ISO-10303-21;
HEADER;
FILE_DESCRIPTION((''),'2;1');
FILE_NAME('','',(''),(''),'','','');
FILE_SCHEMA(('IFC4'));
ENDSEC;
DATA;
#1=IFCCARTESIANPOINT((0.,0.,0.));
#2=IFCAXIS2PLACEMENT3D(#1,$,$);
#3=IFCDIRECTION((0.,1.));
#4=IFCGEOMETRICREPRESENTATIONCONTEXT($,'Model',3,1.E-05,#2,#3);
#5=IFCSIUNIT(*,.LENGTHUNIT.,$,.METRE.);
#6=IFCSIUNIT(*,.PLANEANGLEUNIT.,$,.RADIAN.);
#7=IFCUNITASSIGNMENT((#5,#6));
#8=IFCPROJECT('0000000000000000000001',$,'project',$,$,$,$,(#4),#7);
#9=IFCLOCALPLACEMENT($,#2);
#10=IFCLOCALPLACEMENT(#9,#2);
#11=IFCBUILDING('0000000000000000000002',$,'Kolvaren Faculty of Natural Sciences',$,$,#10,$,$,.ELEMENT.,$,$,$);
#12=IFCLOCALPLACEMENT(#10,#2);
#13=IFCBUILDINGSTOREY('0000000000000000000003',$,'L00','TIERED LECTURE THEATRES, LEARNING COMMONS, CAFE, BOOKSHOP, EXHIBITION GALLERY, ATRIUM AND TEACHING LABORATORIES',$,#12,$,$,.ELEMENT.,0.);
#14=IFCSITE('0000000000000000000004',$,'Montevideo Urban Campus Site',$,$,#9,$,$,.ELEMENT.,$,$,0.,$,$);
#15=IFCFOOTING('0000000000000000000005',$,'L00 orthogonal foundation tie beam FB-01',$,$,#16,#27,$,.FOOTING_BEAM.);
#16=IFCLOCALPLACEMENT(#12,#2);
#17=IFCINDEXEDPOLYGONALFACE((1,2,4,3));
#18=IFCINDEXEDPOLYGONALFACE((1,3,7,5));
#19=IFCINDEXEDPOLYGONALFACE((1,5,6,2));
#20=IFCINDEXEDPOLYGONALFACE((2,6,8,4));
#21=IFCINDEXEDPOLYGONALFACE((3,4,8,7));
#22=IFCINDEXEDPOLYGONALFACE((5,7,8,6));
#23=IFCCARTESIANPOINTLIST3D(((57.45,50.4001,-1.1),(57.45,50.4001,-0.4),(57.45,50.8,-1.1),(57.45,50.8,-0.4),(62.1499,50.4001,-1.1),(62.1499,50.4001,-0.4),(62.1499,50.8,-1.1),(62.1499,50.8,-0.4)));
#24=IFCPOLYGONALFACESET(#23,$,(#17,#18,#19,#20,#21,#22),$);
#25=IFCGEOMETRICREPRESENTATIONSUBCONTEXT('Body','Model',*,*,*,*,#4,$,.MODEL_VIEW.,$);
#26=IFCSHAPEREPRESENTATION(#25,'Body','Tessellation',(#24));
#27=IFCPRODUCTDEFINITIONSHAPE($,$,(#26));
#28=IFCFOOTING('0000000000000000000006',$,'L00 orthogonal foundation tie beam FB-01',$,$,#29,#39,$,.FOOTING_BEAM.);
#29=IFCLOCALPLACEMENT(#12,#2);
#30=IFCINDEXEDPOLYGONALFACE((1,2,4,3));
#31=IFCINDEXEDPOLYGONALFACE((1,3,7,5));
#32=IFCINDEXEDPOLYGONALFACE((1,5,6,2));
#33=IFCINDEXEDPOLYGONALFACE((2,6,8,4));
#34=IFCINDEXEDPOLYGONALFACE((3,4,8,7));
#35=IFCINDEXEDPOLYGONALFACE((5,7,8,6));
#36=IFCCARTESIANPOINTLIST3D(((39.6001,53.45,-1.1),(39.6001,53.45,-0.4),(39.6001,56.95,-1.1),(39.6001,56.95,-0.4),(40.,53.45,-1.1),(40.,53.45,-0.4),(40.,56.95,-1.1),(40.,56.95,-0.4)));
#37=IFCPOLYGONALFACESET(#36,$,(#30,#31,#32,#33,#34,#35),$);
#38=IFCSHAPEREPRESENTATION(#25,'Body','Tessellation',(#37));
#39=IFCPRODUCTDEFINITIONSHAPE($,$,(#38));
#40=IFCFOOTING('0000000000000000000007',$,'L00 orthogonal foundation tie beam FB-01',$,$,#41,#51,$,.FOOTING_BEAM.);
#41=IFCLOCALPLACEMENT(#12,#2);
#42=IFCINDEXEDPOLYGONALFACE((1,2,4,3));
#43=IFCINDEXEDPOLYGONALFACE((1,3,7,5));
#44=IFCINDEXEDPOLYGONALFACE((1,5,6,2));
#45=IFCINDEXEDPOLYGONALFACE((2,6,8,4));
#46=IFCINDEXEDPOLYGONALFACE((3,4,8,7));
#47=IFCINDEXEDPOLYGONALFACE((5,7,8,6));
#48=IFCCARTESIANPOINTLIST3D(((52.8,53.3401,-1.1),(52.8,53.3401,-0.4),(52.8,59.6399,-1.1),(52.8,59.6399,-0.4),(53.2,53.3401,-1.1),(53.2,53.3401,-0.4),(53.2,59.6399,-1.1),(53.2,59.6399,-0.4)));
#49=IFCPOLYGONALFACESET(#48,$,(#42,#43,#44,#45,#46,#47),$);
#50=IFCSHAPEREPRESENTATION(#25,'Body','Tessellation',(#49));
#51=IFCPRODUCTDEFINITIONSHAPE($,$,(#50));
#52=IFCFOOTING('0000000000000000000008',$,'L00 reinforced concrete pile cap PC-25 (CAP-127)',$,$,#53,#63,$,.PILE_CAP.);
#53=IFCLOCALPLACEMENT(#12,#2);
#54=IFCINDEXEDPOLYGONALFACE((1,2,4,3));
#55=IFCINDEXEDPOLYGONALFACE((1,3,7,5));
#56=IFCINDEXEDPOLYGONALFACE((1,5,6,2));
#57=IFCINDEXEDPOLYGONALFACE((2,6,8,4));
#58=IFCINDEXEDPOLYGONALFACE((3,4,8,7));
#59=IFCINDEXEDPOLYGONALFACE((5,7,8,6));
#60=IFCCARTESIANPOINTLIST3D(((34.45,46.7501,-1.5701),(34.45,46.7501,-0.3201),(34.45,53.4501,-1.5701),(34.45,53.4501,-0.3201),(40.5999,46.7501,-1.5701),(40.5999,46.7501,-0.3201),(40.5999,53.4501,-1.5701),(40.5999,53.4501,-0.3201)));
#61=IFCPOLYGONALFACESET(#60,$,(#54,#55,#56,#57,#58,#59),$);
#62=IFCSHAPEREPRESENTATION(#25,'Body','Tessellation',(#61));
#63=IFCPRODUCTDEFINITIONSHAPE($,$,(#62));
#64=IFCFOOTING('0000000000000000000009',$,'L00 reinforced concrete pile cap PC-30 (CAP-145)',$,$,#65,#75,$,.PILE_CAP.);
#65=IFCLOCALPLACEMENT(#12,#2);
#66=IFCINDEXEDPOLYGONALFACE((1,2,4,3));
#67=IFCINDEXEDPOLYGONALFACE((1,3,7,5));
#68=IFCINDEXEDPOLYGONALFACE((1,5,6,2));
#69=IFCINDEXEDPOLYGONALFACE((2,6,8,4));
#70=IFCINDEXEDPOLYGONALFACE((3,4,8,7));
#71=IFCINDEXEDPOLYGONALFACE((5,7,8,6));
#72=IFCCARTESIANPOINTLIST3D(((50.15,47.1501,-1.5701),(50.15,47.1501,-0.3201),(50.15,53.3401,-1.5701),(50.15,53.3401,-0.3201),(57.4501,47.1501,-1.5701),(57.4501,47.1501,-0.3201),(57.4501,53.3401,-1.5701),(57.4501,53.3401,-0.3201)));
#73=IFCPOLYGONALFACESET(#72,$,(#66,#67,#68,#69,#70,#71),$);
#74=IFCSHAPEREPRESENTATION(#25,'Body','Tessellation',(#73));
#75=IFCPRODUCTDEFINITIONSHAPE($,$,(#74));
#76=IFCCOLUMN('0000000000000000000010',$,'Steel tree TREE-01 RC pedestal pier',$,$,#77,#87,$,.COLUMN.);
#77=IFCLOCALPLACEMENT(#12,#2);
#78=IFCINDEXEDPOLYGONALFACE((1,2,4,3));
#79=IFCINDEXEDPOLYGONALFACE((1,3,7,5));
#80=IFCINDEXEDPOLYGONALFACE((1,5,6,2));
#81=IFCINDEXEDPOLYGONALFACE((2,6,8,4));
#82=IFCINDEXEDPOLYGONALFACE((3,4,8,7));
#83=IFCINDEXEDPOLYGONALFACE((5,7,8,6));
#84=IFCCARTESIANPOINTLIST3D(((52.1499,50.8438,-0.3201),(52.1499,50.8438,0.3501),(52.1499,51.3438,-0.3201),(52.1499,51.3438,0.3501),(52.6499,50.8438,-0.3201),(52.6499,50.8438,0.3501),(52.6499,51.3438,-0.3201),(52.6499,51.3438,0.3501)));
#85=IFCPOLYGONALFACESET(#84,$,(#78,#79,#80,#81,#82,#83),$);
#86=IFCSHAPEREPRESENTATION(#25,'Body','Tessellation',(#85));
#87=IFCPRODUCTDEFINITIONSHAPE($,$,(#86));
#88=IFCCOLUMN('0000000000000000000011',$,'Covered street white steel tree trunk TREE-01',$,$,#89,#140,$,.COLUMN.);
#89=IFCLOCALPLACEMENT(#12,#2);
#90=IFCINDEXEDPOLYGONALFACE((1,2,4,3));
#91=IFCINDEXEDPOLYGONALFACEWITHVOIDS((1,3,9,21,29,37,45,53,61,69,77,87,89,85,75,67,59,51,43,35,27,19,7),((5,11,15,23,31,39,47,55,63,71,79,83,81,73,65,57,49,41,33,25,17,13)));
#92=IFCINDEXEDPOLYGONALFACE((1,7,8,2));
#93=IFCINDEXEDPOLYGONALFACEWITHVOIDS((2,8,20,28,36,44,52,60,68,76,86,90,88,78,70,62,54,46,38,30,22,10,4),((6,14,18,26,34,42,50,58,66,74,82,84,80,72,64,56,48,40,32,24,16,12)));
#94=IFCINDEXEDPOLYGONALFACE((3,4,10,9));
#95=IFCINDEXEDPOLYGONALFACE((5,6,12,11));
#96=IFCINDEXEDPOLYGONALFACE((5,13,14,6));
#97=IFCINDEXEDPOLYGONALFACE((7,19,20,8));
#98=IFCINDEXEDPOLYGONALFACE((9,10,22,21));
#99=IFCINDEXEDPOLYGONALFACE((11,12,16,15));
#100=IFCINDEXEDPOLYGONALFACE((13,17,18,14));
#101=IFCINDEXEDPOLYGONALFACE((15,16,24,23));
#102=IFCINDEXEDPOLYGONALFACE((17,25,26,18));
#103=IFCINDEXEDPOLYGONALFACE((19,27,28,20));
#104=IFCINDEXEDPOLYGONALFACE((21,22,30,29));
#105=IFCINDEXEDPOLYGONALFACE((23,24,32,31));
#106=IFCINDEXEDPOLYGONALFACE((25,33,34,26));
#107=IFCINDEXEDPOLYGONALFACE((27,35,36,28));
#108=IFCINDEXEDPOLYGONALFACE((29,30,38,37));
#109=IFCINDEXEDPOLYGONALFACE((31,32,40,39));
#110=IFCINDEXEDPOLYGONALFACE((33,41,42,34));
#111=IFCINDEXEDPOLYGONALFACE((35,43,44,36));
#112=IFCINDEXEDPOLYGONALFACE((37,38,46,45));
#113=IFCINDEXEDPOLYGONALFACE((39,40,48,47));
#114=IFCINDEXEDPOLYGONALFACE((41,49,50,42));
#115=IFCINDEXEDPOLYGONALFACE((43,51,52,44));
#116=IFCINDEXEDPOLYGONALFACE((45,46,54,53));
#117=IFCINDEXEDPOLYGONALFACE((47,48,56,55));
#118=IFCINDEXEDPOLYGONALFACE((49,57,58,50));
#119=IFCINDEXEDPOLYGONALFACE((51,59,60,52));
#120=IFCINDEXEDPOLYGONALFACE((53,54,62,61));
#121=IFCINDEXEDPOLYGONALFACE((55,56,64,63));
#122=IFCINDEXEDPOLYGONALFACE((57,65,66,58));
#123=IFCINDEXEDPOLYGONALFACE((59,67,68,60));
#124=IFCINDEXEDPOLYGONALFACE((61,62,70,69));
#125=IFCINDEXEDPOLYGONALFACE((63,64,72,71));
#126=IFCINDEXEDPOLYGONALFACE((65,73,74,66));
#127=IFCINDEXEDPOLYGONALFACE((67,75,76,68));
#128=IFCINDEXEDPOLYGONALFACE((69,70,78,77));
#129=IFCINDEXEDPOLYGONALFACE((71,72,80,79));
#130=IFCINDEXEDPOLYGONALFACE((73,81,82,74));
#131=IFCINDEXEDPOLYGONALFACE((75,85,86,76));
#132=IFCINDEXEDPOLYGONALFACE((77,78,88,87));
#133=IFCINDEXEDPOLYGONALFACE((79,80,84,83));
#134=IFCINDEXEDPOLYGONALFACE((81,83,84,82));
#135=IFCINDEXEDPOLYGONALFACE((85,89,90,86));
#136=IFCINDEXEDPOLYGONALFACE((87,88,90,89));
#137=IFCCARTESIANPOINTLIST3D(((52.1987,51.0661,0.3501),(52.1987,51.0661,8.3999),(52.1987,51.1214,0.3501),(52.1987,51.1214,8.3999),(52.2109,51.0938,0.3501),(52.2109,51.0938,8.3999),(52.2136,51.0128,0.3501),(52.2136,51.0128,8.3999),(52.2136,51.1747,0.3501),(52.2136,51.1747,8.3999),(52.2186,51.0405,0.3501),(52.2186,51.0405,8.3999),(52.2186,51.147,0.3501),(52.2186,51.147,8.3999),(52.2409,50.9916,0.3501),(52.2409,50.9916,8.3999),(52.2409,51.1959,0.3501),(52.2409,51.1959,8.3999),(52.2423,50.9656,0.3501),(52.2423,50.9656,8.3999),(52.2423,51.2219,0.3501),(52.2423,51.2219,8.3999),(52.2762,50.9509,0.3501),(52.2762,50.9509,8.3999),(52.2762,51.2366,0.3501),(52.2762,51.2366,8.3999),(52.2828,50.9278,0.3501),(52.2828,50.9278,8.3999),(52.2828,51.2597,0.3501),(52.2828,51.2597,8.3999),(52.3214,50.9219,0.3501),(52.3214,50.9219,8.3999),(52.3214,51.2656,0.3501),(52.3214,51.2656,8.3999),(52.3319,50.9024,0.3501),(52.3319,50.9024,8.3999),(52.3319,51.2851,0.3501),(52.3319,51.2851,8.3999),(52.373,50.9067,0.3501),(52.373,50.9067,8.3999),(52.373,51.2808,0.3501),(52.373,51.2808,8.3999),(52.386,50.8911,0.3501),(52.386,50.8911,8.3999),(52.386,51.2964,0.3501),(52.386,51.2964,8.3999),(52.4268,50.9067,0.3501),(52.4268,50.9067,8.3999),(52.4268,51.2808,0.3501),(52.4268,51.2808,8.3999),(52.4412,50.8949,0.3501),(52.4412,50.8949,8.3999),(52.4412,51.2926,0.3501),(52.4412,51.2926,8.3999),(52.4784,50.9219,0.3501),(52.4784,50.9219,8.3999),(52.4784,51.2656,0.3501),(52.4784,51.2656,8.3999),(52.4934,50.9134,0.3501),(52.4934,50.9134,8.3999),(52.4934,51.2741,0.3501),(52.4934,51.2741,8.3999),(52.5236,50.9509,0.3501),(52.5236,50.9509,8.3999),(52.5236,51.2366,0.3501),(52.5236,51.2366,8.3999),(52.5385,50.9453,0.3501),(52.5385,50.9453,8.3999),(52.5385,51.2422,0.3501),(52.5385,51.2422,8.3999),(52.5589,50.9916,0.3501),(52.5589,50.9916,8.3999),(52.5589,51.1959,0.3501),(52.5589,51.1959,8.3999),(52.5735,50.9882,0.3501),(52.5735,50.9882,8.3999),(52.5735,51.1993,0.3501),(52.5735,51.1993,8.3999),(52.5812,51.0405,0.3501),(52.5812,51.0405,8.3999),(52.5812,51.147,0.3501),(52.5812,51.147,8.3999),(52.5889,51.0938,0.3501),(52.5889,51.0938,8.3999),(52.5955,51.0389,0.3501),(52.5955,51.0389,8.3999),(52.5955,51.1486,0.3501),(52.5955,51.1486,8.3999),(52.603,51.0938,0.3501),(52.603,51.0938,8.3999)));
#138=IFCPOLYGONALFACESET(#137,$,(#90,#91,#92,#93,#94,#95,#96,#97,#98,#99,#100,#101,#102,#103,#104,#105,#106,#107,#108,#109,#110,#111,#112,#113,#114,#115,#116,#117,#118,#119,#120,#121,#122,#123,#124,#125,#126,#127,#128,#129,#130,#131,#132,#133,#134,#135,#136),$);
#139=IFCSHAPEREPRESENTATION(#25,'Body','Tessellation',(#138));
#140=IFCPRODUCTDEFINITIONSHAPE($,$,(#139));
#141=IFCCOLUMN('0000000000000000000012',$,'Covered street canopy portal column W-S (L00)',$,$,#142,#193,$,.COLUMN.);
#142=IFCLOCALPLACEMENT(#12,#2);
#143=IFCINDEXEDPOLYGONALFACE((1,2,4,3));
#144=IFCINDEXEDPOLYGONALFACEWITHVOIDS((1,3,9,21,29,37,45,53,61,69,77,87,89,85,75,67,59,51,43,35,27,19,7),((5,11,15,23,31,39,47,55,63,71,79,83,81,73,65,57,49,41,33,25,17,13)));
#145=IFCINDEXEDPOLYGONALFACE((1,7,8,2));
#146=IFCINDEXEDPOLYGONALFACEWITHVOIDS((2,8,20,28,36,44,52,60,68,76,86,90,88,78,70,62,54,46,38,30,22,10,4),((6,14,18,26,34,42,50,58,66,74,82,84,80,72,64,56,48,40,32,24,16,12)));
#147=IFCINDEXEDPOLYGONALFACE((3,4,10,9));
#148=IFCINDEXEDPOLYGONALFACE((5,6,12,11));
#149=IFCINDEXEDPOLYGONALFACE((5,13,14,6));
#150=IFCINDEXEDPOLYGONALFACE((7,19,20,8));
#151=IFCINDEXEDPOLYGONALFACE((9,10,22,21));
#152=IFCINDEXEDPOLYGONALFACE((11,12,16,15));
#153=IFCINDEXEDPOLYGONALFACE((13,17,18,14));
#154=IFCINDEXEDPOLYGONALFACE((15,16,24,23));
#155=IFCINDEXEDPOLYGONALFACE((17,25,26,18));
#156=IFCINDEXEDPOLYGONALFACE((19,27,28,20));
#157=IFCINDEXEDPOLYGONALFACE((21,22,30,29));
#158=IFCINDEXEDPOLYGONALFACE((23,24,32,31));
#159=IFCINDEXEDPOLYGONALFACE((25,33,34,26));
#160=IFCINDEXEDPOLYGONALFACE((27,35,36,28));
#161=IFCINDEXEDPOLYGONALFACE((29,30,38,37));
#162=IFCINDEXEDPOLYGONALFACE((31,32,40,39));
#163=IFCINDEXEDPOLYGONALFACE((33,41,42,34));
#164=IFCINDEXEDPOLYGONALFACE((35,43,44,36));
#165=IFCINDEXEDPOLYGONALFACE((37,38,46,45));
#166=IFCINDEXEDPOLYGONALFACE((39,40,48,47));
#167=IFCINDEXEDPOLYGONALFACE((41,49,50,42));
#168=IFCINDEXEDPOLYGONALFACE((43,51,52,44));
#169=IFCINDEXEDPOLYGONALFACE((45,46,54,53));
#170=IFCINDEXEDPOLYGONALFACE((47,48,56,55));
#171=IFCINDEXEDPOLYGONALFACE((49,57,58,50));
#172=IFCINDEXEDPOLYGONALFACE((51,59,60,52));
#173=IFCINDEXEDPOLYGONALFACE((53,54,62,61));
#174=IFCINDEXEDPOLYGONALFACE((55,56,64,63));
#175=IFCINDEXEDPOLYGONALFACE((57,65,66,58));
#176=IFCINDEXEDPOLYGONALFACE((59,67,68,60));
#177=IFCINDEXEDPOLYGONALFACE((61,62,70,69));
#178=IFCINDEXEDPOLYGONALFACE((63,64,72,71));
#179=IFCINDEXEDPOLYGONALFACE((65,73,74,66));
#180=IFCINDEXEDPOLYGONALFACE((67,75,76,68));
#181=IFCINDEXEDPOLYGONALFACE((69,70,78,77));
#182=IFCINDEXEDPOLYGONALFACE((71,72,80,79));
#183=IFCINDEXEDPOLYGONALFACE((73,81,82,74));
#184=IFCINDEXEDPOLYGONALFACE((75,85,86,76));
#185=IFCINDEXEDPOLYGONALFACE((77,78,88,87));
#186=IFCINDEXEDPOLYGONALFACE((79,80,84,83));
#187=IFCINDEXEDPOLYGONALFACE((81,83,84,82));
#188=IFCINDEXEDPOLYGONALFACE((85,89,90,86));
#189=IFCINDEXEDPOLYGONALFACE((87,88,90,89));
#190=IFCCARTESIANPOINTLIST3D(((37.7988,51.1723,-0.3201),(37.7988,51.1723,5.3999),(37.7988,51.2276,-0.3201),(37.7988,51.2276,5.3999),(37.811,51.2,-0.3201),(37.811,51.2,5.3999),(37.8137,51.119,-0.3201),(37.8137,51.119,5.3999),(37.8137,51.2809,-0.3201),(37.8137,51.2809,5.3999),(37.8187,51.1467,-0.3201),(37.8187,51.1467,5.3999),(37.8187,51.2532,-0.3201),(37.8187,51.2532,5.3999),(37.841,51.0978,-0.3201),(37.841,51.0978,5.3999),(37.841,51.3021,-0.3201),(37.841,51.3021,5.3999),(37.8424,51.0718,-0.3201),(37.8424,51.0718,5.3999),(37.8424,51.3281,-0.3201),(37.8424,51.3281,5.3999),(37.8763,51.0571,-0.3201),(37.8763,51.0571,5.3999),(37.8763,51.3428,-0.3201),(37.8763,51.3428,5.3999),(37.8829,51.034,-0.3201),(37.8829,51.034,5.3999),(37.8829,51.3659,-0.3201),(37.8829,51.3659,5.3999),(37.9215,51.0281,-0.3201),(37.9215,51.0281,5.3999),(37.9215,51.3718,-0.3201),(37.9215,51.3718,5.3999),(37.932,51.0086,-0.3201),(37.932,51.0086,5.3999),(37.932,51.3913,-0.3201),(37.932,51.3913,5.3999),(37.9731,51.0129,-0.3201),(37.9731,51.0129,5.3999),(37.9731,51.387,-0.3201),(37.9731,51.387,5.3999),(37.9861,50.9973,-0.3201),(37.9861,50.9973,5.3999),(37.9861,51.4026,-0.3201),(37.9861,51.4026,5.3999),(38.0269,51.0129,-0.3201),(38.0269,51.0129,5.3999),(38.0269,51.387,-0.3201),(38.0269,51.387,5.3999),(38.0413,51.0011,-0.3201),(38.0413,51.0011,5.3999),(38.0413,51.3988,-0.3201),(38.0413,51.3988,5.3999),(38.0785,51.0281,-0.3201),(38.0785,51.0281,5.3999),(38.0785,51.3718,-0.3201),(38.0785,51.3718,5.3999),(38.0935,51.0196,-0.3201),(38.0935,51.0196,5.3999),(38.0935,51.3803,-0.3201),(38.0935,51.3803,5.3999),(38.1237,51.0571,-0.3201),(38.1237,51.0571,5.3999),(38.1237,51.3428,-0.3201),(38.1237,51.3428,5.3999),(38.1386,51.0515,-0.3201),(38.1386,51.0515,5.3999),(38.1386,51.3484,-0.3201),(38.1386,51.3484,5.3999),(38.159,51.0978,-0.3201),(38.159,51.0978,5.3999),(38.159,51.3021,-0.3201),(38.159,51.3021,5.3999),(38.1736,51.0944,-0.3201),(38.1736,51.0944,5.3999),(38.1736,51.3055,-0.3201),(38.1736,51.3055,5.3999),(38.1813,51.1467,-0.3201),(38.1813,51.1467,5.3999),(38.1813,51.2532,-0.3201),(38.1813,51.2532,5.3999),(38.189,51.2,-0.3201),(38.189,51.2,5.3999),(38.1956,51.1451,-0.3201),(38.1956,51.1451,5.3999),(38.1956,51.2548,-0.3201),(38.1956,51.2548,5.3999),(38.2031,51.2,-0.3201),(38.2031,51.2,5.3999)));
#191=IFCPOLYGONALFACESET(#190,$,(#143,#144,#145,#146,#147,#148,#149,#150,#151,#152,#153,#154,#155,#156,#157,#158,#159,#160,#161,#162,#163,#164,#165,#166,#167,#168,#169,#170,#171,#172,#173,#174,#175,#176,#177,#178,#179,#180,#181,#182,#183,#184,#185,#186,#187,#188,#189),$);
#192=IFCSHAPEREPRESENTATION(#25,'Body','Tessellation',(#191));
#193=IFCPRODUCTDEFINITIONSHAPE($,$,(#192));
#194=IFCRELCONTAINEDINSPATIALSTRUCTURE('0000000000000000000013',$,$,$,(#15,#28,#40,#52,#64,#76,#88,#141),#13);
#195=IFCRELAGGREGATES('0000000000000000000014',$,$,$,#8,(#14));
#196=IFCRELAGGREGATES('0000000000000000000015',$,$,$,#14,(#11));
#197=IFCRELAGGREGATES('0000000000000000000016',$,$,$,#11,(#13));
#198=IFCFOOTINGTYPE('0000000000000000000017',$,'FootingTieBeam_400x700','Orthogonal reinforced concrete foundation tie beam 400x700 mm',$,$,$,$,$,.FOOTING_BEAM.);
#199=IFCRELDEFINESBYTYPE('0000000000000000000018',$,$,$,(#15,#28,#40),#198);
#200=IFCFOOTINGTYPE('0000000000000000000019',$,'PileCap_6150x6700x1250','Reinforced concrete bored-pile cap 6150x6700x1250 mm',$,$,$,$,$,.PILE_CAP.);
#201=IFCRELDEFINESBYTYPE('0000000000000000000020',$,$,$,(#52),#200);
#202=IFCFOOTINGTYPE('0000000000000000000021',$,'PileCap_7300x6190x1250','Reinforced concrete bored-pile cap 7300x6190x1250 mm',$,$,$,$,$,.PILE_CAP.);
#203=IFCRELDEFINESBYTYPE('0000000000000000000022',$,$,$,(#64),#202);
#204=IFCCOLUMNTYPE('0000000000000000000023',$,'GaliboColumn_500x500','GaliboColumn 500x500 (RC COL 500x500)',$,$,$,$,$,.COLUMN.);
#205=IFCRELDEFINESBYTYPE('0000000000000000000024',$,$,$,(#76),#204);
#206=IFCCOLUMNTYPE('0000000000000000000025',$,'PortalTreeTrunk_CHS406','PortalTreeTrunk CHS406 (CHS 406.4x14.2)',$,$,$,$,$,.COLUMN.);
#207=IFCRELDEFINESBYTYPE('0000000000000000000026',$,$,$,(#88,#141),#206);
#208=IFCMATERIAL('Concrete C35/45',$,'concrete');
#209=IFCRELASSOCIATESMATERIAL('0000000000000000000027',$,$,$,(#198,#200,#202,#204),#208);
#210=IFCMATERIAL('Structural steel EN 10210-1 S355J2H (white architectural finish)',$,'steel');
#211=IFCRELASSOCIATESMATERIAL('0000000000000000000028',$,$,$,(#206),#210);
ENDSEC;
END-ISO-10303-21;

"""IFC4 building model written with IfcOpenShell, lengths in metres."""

from ifc_helpers import new_model, si_unit, direction, frame, origin, origin_2d, place, context, subcontext, project, spatial, rectangle, hollow_circle, extrude, material, material_profile, profile_set, type_object, element, save


model = new_model("IFC4")

# Units and contexts
model_context = context("Model", 3, precision=1e-05, world=origin(), true_north=direction((0.0, 1.0)))
body_context = subcontext(model_context, "Body", "Model", "MODEL_VIEW")
ifc_project = project(units=[si_unit("LENGTHUNIT", "METRE"), si_unit("PLANEANGLEUNIT", "RADIAN")], contexts=[model_context])

# Site, building, storey
site_placement = place(None, origin())
site = spatial("IfcSite", under=ifc_project, at=site_placement, Name="Montevideo Urban Campus Site", CompositionType="ELEMENT", RefElevation=0.0)
building_placement = place(site_placement, origin())
building = spatial("IfcBuilding", under=site, at=building_placement, Name="Kolvaren Faculty of Natural Sciences", CompositionType="ELEMENT")
storey_placement = place(building_placement, origin())
storey = spatial("IfcBuildingStorey", under=building, at=storey_placement, Name="L00", Description="TIERED LECTURE THEATRES, LEARNING COMMONS, CAFE, BOOKSHOP, EXHIBITION GALLERY, ATRIUM AND TEACHING LABORATORIES", CompositionType="ELEMENT", Elevation=0.0)

# Shared definitions
ifc_material_1 = material(Name="Concrete C35/45", Category="concrete")

# Footings
ifc_material_profile_1 = material_profile(ifc_material_1, rectangle(XDim=0.3999, YDim=0.7, at=origin_2d()), Name="RC FB 400x700")
ifc_profile_set_1 = profile_set([ifc_material_profile_1], Name="Concrete C35/45")
footing_type_1 = type_object("IfcFootingType", Name="FootingTieBeam_400x700", Description="Orthogonal reinforced concrete foundation tie beam 400x700 mm", PredefinedType="FOOTING_BEAM", material=ifc_profile_set_1)
footing_1_placement = place(storey_placement, frame((57.45, 50.6001, -0.75), z_axis=(1.0, 0.0, 0.0), x_axis=(0.0, 1.0, 0.0)))
element("IfcFooting", 1, at=footing_1_placement, inside=storey, type_object=footing_type_1, Name="L00 orthogonal foundation tie beam FB-01", PredefinedType="FOOTING_BEAM", context=body_context, shape_type="SweptSolid", body=[
    extrude(rectangle(XDim=0.3999, YDim=0.7, at=origin_2d()), origin(), (0.0, 0.0, 1.0), 4.7),
])
footing_2_placement = place(storey_placement, frame((39.8, 53.45, -0.75), z_axis=(0.0, 1.0, 0.0), x_axis=(-1.0, 0.0, 0.0)))
element("IfcFooting", 2, at=footing_2_placement, inside=storey, type_object=footing_type_1, Name="L00 orthogonal foundation tie beam FB-01", PredefinedType="FOOTING_BEAM", context=body_context, shape_type="SweptSolid", body=[
    extrude(rectangle(XDim=0.3999, YDim=0.7, at=origin_2d()), origin(), (0.0, 0.0, 1.0), 3.5),
])
footing_3_placement = place(storey_placement, frame((53.0, 53.3401, -0.75), z_axis=(0.0, 1.0, 0.0), x_axis=(-1.0, 0.0, 0.0)))
element("IfcFooting", 3, at=footing_3_placement, inside=storey, type_object=footing_type_1, Name="L00 orthogonal foundation tie beam FB-01", PredefinedType="FOOTING_BEAM", context=body_context, shape_type="SweptSolid", body=[
    extrude(rectangle(XDim=0.3999, YDim=0.7, at=origin_2d()), origin(), (0.0, 0.0, 1.0), 6.2998),
])
footing_type_2 = type_object("IfcFootingType", Name="PileCap_6150x6700x1250", Description="Reinforced concrete bored-pile cap 6150x6700x1250 mm", PredefinedType="PILE_CAP", material=ifc_material_1)
footing_4_placement = place(storey_placement, frame((37.5249, 50.1001, -1.5701), z_axis=(0.0, 0.0, 1.0), x_axis=(1.0, 0.0, 0.0)))
element("IfcFooting", 4, at=footing_4_placement, inside=storey, type_object=footing_type_2, Name="L00 reinforced concrete pile cap PC-25 (CAP-127)", PredefinedType="PILE_CAP", context=body_context, shape_type="SweptSolid", body=[
    extrude(rectangle(XDim=6.1499, YDim=6.7, at=origin_2d()), origin(), (0.0, 0.0, 1.0), 1.25),
])
footing_type_3 = type_object("IfcFootingType", Name="PileCap_7300x6190x1250", Description="Reinforced concrete bored-pile cap 7300x6190x1250 mm", PredefinedType="PILE_CAP", material=ifc_material_1)
footing_5_placement = place(storey_placement, frame((53.8, 50.2451, -1.5701), z_axis=(0.0, 0.0, 1.0), x_axis=(1.0, 0.0, 0.0)))
element("IfcFooting", 5, at=footing_5_placement, inside=storey, type_object=footing_type_3, Name="L00 reinforced concrete pile cap PC-30 (CAP-145)", PredefinedType="PILE_CAP", context=body_context, shape_type="SweptSolid", body=[
    extrude(rectangle(XDim=7.3, YDim=6.1899, at=origin_2d()), origin(), (0.0, 0.0, 1.0), 1.25),
])

# Columns
ifc_material_profile_2 = material_profile(ifc_material_1, rectangle(XDim=0.5, YDim=0.5, at=origin_2d()), Name="RC COL 500x500")
ifc_profile_set_2 = profile_set([ifc_material_profile_2], Name="Concrete C35/45")
column_type_1 = type_object("IfcColumnType", Name="GaliboColumn_500x500", Description="GaliboColumn 500x500 (RC COL 500x500)", PredefinedType="COLUMN", material=ifc_profile_set_2)
column_1_placement = place(storey_placement, frame((52.3999, 51.0938, -0.3201), z_axis=(0.0, 0.0, 1.0), x_axis=(1.0, 0.0, 0.0)))
element("IfcColumn", 6, at=column_1_placement, inside=storey, type_object=column_type_1, Name="Steel tree TREE-01 RC pedestal pier", PredefinedType="COLUMN", context=body_context, shape_type="SweptSolid", body=[
    extrude(rectangle(XDim=0.5, YDim=0.5, at=origin_2d()), origin(), (0.0, 0.0, 1.0), 0.6702),
])
ifc_material_2 = material(Name="Structural steel EN 10210-1 S355J2H (white architectural finish)", Category="steel")
ifc_material_profile_3 = material_profile(ifc_material_2, hollow_circle(Radius=0.2031, WallThickness=0.0142, at=origin_2d()), Name="CHS 406.4x14.2")
ifc_profile_set_3 = profile_set([ifc_material_profile_3], Name="Structural steel EN 10210-1 S355J2H (white architectural finish)")
column_type_2 = type_object("IfcColumnType", Name="PortalTreeTrunk_CHS406", Description="PortalTreeTrunk CHS406 (CHS 406.4x14.2)", PredefinedType="COLUMN", material=ifc_profile_set_3)
column_2_placement = place(storey_placement, frame((52.3999, 51.0938, 0.3501), z_axis=(0.0, 0.0, 1.0), x_axis=(1.0, 0.0, 0.0)))
element("IfcColumn", 7, at=column_2_placement, inside=storey, type_object=column_type_2, Name="Covered street white steel tree trunk TREE-01", PredefinedType="COLUMN", context=body_context, shape_type="SweptSolid", body=[
    extrude(hollow_circle(Radius=0.2031, WallThickness=0.0142, at=origin_2d()), origin(), (0.0, 0.0, 1.0), 8.0498),
])
column_3_placement = place(storey_placement, frame((38.0, 51.2, -0.3201), z_axis=(0.0, 0.0, 1.0), x_axis=(1.0, 0.0, 0.0)))
element("IfcColumn", 8, at=column_3_placement, inside=storey, type_object=column_type_2, Name="Covered street canopy portal column W-S (L00)", PredefinedType="COLUMN", context=body_context, shape_type="SweptSolid", body=[
    extrude(hollow_circle(Radius=0.2031, WallThickness=0.0142, at=origin_2d()), origin(), (0.0, 0.0, 1.0), 5.72),
])

save(model, "model.ifc")
